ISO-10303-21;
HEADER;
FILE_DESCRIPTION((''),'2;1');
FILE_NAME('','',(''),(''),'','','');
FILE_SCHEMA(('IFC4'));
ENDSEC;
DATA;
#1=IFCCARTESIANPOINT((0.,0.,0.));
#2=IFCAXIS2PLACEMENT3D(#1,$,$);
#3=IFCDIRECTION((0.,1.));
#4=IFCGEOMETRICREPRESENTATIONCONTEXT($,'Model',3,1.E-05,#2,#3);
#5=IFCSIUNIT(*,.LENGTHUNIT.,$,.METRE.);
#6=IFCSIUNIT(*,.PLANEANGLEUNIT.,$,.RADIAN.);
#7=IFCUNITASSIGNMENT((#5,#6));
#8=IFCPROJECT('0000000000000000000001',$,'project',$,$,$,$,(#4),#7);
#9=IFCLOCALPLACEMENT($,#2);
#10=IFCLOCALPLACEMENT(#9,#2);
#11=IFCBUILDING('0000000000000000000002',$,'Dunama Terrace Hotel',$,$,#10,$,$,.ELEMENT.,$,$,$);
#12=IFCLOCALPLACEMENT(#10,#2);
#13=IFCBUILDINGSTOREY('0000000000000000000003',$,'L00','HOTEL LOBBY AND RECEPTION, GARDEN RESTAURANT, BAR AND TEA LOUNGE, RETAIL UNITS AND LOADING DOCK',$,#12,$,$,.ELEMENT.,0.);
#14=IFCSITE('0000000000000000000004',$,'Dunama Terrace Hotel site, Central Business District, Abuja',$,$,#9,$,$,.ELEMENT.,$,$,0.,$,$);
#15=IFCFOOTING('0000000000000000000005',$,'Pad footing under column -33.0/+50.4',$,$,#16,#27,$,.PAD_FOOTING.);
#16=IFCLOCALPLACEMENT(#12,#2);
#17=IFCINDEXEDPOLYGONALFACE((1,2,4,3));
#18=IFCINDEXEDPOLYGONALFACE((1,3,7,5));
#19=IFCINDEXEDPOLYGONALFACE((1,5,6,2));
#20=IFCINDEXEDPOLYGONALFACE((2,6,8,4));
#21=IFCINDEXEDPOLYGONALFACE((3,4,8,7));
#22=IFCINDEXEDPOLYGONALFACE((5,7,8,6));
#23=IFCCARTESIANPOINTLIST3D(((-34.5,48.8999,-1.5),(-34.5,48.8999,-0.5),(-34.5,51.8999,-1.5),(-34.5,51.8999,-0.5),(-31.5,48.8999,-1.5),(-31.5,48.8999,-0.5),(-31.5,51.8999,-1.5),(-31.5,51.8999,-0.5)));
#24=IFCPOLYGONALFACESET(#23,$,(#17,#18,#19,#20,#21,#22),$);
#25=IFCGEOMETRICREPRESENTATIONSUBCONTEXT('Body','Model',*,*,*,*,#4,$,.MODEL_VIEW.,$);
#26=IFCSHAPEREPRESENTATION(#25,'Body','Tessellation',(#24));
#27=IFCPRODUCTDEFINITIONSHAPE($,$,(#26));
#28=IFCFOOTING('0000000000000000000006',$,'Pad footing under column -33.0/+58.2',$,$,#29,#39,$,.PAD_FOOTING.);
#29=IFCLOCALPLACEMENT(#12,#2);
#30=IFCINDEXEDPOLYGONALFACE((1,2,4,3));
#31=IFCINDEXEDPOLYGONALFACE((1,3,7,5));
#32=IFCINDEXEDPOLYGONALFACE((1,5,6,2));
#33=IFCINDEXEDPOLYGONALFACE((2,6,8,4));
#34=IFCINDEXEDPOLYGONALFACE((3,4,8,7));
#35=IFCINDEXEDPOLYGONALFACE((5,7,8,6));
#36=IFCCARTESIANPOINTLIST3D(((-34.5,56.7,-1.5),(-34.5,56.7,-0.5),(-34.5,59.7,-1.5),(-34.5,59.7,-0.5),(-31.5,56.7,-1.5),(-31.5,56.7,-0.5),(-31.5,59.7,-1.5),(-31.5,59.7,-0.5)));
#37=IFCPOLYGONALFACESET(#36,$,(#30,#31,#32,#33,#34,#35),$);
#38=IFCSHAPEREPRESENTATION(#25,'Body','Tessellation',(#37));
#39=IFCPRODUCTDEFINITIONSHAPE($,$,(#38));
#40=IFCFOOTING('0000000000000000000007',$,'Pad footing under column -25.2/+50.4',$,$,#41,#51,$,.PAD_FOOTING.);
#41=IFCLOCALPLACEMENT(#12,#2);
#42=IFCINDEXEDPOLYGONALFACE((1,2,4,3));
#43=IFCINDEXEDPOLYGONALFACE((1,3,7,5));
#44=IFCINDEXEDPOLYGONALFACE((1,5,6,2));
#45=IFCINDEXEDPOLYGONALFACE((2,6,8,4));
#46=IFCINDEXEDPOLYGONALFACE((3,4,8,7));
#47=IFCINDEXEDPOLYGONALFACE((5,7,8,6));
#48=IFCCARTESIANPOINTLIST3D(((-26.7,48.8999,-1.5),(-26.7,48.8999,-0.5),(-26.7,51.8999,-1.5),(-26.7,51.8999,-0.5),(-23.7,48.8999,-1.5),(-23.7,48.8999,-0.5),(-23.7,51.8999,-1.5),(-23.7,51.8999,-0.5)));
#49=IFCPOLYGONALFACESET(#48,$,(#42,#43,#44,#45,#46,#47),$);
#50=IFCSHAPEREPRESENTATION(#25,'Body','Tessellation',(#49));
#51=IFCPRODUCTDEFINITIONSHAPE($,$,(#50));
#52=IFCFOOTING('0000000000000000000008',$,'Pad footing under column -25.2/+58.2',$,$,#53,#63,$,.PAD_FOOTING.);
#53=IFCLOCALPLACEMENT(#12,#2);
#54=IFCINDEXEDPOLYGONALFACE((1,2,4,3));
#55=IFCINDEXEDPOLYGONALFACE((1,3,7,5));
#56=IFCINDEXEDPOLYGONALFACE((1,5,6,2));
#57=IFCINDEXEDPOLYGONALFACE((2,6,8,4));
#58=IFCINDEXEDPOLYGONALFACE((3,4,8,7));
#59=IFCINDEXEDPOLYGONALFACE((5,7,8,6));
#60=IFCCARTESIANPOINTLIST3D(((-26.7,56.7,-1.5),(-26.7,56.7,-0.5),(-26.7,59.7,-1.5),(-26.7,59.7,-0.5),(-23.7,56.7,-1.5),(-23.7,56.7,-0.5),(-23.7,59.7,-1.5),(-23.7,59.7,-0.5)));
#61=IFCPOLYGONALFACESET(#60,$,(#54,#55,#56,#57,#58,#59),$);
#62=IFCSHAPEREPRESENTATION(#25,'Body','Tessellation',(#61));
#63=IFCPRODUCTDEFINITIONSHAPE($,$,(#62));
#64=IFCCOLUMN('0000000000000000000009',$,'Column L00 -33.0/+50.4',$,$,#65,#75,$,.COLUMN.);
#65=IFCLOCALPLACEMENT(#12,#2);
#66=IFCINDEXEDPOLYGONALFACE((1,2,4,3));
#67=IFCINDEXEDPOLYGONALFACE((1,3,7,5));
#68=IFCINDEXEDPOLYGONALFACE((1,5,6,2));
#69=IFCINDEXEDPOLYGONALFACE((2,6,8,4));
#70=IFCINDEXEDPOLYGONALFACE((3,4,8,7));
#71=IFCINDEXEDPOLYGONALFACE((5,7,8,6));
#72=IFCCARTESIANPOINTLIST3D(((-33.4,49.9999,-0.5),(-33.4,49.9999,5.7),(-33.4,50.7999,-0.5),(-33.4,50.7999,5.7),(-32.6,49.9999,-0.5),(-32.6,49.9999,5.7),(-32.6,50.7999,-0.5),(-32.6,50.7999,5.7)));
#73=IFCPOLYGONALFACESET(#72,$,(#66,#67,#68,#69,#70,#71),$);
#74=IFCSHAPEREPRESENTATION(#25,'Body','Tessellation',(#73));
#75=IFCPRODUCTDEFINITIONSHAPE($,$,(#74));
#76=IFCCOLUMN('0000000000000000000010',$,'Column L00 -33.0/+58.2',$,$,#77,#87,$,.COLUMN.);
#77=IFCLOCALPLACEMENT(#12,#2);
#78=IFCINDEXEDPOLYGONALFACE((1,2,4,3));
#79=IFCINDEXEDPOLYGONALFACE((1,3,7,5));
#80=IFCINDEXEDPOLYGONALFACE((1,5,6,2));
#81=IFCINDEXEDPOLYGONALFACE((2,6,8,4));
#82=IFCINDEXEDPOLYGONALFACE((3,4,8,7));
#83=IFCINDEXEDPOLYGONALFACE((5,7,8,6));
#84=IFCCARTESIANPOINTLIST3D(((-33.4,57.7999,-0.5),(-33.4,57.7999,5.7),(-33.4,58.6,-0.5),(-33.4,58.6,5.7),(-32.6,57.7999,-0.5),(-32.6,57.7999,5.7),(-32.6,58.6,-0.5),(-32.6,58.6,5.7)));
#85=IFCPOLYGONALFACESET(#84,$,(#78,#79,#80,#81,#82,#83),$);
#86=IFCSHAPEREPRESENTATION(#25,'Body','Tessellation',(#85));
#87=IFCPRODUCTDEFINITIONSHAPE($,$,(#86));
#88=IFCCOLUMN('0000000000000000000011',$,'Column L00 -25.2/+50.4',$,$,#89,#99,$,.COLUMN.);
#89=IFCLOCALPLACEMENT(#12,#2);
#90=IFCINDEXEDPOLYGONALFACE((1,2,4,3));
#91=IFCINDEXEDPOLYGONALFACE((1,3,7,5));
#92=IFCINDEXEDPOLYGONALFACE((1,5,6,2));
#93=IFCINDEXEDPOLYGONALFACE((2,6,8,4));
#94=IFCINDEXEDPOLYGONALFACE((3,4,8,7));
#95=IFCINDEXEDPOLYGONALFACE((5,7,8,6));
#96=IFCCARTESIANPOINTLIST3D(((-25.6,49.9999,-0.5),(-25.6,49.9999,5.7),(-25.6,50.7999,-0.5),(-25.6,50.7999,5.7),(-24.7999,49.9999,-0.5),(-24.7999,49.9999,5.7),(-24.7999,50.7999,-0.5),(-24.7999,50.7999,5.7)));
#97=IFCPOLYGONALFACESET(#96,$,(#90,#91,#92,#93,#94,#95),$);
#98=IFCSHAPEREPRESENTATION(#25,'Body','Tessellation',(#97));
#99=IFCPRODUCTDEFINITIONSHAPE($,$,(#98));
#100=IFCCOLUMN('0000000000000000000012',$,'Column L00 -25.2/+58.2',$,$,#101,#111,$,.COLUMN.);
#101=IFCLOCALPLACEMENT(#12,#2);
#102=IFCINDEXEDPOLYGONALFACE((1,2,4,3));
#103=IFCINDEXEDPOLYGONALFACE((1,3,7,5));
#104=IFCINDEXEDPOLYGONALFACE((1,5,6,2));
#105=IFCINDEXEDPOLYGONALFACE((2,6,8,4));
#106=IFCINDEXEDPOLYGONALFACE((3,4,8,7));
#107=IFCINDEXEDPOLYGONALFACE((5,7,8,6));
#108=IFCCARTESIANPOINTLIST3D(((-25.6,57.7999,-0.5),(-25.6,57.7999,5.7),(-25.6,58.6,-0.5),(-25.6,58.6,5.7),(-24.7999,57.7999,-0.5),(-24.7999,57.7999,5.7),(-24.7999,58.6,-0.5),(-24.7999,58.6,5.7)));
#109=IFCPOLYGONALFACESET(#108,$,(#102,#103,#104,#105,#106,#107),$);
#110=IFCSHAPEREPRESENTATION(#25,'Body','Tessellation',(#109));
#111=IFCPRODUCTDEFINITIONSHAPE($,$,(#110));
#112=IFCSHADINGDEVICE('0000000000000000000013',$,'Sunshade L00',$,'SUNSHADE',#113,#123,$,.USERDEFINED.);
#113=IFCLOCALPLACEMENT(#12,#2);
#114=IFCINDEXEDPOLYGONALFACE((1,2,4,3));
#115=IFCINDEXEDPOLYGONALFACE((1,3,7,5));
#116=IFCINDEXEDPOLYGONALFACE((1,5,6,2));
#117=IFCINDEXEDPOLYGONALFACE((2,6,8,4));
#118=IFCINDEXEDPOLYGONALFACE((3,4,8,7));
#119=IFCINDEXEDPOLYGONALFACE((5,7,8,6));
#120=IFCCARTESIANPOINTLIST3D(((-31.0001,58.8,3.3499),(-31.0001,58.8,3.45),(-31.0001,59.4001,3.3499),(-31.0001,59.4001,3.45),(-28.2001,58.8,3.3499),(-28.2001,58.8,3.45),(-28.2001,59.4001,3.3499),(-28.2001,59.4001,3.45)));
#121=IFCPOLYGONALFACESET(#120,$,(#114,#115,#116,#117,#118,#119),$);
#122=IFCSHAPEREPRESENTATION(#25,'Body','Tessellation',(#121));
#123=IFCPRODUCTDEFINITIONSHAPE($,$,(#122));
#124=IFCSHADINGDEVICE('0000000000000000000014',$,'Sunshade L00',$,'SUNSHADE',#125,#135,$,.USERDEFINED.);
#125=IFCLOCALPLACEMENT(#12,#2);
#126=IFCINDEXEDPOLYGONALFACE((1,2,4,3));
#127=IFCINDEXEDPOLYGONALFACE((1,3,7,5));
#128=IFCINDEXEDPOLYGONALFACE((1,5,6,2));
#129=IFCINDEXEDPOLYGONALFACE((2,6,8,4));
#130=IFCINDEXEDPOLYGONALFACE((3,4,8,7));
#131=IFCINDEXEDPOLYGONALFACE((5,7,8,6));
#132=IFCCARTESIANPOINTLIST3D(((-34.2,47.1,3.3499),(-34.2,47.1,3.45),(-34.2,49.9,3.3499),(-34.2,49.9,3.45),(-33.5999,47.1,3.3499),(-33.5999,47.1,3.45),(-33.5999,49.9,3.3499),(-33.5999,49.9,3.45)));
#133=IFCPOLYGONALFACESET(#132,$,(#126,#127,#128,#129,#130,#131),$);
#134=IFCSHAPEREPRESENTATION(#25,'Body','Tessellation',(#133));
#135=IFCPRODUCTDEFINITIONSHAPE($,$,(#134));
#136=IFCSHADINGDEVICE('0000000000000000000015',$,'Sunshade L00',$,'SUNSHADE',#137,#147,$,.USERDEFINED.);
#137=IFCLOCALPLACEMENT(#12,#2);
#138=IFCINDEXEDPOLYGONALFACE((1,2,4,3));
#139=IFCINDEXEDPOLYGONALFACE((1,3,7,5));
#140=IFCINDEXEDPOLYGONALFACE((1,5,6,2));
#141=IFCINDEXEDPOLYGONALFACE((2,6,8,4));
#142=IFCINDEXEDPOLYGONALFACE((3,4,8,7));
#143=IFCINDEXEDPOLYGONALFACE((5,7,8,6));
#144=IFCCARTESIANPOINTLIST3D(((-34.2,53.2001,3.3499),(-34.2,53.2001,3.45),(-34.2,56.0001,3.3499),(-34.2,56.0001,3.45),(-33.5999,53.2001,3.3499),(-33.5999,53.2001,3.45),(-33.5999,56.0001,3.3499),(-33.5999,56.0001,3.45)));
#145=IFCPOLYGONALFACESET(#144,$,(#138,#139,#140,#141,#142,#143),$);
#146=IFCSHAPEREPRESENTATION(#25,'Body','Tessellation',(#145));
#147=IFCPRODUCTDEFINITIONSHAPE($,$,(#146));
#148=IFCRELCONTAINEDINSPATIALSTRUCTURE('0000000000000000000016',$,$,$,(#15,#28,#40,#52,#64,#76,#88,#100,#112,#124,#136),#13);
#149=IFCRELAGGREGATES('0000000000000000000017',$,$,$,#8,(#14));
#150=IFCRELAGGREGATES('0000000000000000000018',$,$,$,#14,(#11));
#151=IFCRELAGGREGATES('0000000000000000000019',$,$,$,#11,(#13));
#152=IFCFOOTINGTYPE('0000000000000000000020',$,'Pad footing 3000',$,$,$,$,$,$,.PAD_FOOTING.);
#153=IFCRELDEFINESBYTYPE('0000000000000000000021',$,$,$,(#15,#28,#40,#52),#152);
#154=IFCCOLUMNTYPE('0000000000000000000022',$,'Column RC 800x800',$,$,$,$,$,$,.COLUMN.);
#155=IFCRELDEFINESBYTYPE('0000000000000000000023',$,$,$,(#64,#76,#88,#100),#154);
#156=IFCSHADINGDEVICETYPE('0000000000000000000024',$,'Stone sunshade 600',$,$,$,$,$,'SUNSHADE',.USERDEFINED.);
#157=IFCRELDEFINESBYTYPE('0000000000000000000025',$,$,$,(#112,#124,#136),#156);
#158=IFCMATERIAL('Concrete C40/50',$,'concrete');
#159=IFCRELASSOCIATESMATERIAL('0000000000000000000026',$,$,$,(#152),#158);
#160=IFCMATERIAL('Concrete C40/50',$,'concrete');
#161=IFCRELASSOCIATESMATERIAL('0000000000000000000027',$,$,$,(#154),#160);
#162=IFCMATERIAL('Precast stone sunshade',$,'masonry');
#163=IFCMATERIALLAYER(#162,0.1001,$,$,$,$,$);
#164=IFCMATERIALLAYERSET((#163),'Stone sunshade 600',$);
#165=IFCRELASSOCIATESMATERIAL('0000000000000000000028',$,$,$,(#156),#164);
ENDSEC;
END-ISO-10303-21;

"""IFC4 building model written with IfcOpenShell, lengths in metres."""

from ifc_helpers import new_model, si_unit, direction, frame, origin, origin_2d, place, context, subcontext, project, spatial, rectangle, extrude, material, layer, layer_set, material_profile, profile_set, type_object, element, save


model = new_model("IFC4")

# Units and contexts
model_context = context("Model", 3, precision=1e-05, world=origin(), true_north=direction((0.0, 1.0)))
body_context = subcontext(model_context, "Body", "Model", "MODEL_VIEW")
ifc_project = project(units=[si_unit("LENGTHUNIT", "METRE"), si_unit("PLANEANGLEUNIT", "RADIAN")], contexts=[model_context])

# Site, building, storey
site_placement = place(None, origin())
site = spatial("IfcSite", under=ifc_project, at=site_placement, Name="Dunama Terrace Hotel site, Central Business District, Abuja", CompositionType="ELEMENT", RefElevation=0.0)
building_placement = place(site_placement, origin())
building = spatial("IfcBuilding", under=site, at=building_placement, Name="Dunama Terrace Hotel", CompositionType="ELEMENT")
storey_placement = place(building_placement, origin())
storey = spatial("IfcBuildingStorey", under=building, at=storey_placement, Name="L00", Description="HOTEL LOBBY AND RECEPTION, GARDEN RESTAURANT, BAR AND TEA LOUNGE, RETAIL UNITS AND LOADING DOCK", CompositionType="ELEMENT", Elevation=0.0)

# Footings
ifc_material_1 = material(Name="Concrete C40/50", Category="concrete")
footing_type = type_object("IfcFootingType", Name="Pad footing 3000", PredefinedType="PAD_FOOTING", material=ifc_material_1)
for number, where, z_axis, x_axis, name in (
    (1, (-33.0, 50.3999, -1.5), (0.0, 0.0, 1.0), (1.0, 0.0, 0.0), "Pad footing under column -33.0/+50.4"),
    (2, (-33.0, 58.2, -1.5), (0.0, 0.0, 1.0), (1.0, 0.0, 0.0), "Pad footing under column -33.0/+58.2"),
    (3, (-25.2, 50.3999, -1.5), (0.0, 0.0, 1.0), (1.0, 0.0, 0.0), "Pad footing under column -25.2/+50.4"),
    (4, (-25.2, 58.2, -1.5), (0.0, 0.0, 1.0), (1.0, 0.0, 0.0), "Pad footing under column -25.2/+58.2"),
):
    element("IfcFooting", number, at=place(storey_placement, frame(where, z_axis=z_axis, x_axis=x_axis)), inside=storey, type_object=footing_type, Name=name, PredefinedType="PAD_FOOTING", context=body_context, shape_type="SweptSolid", body=[
        extrude(rectangle(XDim=3.0, YDim=3.0, at=origin_2d()), origin(), (0.0, 0.0, 1.0), 1.0),
    ])

# Columns
ifc_material_2 = material(Name="Concrete C40/50", Category="concrete")
ifc_material_profile = material_profile(ifc_material_2, rectangle(XDim=0.8, YDim=0.8, at=origin_2d()), Name="RC 800x800")
ifc_profile_set = profile_set([ifc_material_profile], Name="Concrete C40/50")
column_type = type_object("IfcColumnType", Name="Column RC 800x800", PredefinedType="COLUMN", material=ifc_profile_set)
for number, where, z_axis, x_axis, name in (
    (5, (-33.0, 50.3999, -0.5), (0.0, 0.0, 1.0), (1.0, 0.0, 0.0), "Column L00 -33.0/+50.4"),
    (6, (-33.0, 58.2, -0.5), (0.0, 0.0, 1.0), (1.0, 0.0, 0.0), "Column L00 -33.0/+58.2"),
    (7, (-25.2, 50.3999, -0.5), (0.0, 0.0, 1.0), (1.0, 0.0, 0.0), "Column L00 -25.2/+50.4"),
    (8, (-25.2, 58.2, -0.5), (0.0, 0.0, 1.0), (1.0, 0.0, 0.0), "Column L00 -25.2/+58.2"),
):
    element("IfcColumn", number, at=place(storey_placement, frame(where, z_axis=z_axis, x_axis=x_axis)), inside=storey, type_object=column_type, Name=name, PredefinedType="COLUMN", context=body_context, shape_type="SweptSolid", body=[
        extrude(rectangle(XDim=0.8, YDim=0.8, at=origin_2d()), origin(), (0.0, 0.0, 1.0), 6.2),
    ])

# Shading devices
ifc_material_3 = material(Name="Precast stone sunshade", Category="masonry")
ifc_layer_1 = layer(ifc_material_3, 0.1001)
ifc_layer_set_1 = layer_set([ifc_layer_1], Name="Stone sunshade 600")
shading_device_type = type_object("IfcShadingDeviceType", Name="Stone sunshade 600", ElementType="SUNSHADE", PredefinedType="USERDEFINED", material=ifc_layer_set_1)
for number, where, z_axis, x_axis, name in (
    (9, (-29.6001, 59.1001, 3.3499), (0.0, 0.0, 1.0), (-1.0, 0.0, 0.0), "Sunshade L00"),
    (10, (-33.8999, 48.5, 3.3499), (0.0, 0.0, 1.0), (0.0, -1.0, 0.0), "Sunshade L00"),
    (11, (-33.8999, 54.6001, 3.3499), (0.0, 0.0, 1.0), (0.0, -1.0, 0.0), "Sunshade L00"),
):
    element("IfcShadingDevice", number, at=place(storey_placement, frame(where, z_axis=z_axis, x_axis=x_axis)), inside=storey, type_object=shading_device_type, Name=name, ObjectType="SUNSHADE", PredefinedType="USERDEFINED", context=body_context, shape_type="SweptSolid", body=[
        extrude(rectangle(XDim=2.8, YDim=0.6001, at=origin_2d()), origin(), (0.0, 0.0, 1.0), 0.1001),
    ])

save(model, "model.ifc")
